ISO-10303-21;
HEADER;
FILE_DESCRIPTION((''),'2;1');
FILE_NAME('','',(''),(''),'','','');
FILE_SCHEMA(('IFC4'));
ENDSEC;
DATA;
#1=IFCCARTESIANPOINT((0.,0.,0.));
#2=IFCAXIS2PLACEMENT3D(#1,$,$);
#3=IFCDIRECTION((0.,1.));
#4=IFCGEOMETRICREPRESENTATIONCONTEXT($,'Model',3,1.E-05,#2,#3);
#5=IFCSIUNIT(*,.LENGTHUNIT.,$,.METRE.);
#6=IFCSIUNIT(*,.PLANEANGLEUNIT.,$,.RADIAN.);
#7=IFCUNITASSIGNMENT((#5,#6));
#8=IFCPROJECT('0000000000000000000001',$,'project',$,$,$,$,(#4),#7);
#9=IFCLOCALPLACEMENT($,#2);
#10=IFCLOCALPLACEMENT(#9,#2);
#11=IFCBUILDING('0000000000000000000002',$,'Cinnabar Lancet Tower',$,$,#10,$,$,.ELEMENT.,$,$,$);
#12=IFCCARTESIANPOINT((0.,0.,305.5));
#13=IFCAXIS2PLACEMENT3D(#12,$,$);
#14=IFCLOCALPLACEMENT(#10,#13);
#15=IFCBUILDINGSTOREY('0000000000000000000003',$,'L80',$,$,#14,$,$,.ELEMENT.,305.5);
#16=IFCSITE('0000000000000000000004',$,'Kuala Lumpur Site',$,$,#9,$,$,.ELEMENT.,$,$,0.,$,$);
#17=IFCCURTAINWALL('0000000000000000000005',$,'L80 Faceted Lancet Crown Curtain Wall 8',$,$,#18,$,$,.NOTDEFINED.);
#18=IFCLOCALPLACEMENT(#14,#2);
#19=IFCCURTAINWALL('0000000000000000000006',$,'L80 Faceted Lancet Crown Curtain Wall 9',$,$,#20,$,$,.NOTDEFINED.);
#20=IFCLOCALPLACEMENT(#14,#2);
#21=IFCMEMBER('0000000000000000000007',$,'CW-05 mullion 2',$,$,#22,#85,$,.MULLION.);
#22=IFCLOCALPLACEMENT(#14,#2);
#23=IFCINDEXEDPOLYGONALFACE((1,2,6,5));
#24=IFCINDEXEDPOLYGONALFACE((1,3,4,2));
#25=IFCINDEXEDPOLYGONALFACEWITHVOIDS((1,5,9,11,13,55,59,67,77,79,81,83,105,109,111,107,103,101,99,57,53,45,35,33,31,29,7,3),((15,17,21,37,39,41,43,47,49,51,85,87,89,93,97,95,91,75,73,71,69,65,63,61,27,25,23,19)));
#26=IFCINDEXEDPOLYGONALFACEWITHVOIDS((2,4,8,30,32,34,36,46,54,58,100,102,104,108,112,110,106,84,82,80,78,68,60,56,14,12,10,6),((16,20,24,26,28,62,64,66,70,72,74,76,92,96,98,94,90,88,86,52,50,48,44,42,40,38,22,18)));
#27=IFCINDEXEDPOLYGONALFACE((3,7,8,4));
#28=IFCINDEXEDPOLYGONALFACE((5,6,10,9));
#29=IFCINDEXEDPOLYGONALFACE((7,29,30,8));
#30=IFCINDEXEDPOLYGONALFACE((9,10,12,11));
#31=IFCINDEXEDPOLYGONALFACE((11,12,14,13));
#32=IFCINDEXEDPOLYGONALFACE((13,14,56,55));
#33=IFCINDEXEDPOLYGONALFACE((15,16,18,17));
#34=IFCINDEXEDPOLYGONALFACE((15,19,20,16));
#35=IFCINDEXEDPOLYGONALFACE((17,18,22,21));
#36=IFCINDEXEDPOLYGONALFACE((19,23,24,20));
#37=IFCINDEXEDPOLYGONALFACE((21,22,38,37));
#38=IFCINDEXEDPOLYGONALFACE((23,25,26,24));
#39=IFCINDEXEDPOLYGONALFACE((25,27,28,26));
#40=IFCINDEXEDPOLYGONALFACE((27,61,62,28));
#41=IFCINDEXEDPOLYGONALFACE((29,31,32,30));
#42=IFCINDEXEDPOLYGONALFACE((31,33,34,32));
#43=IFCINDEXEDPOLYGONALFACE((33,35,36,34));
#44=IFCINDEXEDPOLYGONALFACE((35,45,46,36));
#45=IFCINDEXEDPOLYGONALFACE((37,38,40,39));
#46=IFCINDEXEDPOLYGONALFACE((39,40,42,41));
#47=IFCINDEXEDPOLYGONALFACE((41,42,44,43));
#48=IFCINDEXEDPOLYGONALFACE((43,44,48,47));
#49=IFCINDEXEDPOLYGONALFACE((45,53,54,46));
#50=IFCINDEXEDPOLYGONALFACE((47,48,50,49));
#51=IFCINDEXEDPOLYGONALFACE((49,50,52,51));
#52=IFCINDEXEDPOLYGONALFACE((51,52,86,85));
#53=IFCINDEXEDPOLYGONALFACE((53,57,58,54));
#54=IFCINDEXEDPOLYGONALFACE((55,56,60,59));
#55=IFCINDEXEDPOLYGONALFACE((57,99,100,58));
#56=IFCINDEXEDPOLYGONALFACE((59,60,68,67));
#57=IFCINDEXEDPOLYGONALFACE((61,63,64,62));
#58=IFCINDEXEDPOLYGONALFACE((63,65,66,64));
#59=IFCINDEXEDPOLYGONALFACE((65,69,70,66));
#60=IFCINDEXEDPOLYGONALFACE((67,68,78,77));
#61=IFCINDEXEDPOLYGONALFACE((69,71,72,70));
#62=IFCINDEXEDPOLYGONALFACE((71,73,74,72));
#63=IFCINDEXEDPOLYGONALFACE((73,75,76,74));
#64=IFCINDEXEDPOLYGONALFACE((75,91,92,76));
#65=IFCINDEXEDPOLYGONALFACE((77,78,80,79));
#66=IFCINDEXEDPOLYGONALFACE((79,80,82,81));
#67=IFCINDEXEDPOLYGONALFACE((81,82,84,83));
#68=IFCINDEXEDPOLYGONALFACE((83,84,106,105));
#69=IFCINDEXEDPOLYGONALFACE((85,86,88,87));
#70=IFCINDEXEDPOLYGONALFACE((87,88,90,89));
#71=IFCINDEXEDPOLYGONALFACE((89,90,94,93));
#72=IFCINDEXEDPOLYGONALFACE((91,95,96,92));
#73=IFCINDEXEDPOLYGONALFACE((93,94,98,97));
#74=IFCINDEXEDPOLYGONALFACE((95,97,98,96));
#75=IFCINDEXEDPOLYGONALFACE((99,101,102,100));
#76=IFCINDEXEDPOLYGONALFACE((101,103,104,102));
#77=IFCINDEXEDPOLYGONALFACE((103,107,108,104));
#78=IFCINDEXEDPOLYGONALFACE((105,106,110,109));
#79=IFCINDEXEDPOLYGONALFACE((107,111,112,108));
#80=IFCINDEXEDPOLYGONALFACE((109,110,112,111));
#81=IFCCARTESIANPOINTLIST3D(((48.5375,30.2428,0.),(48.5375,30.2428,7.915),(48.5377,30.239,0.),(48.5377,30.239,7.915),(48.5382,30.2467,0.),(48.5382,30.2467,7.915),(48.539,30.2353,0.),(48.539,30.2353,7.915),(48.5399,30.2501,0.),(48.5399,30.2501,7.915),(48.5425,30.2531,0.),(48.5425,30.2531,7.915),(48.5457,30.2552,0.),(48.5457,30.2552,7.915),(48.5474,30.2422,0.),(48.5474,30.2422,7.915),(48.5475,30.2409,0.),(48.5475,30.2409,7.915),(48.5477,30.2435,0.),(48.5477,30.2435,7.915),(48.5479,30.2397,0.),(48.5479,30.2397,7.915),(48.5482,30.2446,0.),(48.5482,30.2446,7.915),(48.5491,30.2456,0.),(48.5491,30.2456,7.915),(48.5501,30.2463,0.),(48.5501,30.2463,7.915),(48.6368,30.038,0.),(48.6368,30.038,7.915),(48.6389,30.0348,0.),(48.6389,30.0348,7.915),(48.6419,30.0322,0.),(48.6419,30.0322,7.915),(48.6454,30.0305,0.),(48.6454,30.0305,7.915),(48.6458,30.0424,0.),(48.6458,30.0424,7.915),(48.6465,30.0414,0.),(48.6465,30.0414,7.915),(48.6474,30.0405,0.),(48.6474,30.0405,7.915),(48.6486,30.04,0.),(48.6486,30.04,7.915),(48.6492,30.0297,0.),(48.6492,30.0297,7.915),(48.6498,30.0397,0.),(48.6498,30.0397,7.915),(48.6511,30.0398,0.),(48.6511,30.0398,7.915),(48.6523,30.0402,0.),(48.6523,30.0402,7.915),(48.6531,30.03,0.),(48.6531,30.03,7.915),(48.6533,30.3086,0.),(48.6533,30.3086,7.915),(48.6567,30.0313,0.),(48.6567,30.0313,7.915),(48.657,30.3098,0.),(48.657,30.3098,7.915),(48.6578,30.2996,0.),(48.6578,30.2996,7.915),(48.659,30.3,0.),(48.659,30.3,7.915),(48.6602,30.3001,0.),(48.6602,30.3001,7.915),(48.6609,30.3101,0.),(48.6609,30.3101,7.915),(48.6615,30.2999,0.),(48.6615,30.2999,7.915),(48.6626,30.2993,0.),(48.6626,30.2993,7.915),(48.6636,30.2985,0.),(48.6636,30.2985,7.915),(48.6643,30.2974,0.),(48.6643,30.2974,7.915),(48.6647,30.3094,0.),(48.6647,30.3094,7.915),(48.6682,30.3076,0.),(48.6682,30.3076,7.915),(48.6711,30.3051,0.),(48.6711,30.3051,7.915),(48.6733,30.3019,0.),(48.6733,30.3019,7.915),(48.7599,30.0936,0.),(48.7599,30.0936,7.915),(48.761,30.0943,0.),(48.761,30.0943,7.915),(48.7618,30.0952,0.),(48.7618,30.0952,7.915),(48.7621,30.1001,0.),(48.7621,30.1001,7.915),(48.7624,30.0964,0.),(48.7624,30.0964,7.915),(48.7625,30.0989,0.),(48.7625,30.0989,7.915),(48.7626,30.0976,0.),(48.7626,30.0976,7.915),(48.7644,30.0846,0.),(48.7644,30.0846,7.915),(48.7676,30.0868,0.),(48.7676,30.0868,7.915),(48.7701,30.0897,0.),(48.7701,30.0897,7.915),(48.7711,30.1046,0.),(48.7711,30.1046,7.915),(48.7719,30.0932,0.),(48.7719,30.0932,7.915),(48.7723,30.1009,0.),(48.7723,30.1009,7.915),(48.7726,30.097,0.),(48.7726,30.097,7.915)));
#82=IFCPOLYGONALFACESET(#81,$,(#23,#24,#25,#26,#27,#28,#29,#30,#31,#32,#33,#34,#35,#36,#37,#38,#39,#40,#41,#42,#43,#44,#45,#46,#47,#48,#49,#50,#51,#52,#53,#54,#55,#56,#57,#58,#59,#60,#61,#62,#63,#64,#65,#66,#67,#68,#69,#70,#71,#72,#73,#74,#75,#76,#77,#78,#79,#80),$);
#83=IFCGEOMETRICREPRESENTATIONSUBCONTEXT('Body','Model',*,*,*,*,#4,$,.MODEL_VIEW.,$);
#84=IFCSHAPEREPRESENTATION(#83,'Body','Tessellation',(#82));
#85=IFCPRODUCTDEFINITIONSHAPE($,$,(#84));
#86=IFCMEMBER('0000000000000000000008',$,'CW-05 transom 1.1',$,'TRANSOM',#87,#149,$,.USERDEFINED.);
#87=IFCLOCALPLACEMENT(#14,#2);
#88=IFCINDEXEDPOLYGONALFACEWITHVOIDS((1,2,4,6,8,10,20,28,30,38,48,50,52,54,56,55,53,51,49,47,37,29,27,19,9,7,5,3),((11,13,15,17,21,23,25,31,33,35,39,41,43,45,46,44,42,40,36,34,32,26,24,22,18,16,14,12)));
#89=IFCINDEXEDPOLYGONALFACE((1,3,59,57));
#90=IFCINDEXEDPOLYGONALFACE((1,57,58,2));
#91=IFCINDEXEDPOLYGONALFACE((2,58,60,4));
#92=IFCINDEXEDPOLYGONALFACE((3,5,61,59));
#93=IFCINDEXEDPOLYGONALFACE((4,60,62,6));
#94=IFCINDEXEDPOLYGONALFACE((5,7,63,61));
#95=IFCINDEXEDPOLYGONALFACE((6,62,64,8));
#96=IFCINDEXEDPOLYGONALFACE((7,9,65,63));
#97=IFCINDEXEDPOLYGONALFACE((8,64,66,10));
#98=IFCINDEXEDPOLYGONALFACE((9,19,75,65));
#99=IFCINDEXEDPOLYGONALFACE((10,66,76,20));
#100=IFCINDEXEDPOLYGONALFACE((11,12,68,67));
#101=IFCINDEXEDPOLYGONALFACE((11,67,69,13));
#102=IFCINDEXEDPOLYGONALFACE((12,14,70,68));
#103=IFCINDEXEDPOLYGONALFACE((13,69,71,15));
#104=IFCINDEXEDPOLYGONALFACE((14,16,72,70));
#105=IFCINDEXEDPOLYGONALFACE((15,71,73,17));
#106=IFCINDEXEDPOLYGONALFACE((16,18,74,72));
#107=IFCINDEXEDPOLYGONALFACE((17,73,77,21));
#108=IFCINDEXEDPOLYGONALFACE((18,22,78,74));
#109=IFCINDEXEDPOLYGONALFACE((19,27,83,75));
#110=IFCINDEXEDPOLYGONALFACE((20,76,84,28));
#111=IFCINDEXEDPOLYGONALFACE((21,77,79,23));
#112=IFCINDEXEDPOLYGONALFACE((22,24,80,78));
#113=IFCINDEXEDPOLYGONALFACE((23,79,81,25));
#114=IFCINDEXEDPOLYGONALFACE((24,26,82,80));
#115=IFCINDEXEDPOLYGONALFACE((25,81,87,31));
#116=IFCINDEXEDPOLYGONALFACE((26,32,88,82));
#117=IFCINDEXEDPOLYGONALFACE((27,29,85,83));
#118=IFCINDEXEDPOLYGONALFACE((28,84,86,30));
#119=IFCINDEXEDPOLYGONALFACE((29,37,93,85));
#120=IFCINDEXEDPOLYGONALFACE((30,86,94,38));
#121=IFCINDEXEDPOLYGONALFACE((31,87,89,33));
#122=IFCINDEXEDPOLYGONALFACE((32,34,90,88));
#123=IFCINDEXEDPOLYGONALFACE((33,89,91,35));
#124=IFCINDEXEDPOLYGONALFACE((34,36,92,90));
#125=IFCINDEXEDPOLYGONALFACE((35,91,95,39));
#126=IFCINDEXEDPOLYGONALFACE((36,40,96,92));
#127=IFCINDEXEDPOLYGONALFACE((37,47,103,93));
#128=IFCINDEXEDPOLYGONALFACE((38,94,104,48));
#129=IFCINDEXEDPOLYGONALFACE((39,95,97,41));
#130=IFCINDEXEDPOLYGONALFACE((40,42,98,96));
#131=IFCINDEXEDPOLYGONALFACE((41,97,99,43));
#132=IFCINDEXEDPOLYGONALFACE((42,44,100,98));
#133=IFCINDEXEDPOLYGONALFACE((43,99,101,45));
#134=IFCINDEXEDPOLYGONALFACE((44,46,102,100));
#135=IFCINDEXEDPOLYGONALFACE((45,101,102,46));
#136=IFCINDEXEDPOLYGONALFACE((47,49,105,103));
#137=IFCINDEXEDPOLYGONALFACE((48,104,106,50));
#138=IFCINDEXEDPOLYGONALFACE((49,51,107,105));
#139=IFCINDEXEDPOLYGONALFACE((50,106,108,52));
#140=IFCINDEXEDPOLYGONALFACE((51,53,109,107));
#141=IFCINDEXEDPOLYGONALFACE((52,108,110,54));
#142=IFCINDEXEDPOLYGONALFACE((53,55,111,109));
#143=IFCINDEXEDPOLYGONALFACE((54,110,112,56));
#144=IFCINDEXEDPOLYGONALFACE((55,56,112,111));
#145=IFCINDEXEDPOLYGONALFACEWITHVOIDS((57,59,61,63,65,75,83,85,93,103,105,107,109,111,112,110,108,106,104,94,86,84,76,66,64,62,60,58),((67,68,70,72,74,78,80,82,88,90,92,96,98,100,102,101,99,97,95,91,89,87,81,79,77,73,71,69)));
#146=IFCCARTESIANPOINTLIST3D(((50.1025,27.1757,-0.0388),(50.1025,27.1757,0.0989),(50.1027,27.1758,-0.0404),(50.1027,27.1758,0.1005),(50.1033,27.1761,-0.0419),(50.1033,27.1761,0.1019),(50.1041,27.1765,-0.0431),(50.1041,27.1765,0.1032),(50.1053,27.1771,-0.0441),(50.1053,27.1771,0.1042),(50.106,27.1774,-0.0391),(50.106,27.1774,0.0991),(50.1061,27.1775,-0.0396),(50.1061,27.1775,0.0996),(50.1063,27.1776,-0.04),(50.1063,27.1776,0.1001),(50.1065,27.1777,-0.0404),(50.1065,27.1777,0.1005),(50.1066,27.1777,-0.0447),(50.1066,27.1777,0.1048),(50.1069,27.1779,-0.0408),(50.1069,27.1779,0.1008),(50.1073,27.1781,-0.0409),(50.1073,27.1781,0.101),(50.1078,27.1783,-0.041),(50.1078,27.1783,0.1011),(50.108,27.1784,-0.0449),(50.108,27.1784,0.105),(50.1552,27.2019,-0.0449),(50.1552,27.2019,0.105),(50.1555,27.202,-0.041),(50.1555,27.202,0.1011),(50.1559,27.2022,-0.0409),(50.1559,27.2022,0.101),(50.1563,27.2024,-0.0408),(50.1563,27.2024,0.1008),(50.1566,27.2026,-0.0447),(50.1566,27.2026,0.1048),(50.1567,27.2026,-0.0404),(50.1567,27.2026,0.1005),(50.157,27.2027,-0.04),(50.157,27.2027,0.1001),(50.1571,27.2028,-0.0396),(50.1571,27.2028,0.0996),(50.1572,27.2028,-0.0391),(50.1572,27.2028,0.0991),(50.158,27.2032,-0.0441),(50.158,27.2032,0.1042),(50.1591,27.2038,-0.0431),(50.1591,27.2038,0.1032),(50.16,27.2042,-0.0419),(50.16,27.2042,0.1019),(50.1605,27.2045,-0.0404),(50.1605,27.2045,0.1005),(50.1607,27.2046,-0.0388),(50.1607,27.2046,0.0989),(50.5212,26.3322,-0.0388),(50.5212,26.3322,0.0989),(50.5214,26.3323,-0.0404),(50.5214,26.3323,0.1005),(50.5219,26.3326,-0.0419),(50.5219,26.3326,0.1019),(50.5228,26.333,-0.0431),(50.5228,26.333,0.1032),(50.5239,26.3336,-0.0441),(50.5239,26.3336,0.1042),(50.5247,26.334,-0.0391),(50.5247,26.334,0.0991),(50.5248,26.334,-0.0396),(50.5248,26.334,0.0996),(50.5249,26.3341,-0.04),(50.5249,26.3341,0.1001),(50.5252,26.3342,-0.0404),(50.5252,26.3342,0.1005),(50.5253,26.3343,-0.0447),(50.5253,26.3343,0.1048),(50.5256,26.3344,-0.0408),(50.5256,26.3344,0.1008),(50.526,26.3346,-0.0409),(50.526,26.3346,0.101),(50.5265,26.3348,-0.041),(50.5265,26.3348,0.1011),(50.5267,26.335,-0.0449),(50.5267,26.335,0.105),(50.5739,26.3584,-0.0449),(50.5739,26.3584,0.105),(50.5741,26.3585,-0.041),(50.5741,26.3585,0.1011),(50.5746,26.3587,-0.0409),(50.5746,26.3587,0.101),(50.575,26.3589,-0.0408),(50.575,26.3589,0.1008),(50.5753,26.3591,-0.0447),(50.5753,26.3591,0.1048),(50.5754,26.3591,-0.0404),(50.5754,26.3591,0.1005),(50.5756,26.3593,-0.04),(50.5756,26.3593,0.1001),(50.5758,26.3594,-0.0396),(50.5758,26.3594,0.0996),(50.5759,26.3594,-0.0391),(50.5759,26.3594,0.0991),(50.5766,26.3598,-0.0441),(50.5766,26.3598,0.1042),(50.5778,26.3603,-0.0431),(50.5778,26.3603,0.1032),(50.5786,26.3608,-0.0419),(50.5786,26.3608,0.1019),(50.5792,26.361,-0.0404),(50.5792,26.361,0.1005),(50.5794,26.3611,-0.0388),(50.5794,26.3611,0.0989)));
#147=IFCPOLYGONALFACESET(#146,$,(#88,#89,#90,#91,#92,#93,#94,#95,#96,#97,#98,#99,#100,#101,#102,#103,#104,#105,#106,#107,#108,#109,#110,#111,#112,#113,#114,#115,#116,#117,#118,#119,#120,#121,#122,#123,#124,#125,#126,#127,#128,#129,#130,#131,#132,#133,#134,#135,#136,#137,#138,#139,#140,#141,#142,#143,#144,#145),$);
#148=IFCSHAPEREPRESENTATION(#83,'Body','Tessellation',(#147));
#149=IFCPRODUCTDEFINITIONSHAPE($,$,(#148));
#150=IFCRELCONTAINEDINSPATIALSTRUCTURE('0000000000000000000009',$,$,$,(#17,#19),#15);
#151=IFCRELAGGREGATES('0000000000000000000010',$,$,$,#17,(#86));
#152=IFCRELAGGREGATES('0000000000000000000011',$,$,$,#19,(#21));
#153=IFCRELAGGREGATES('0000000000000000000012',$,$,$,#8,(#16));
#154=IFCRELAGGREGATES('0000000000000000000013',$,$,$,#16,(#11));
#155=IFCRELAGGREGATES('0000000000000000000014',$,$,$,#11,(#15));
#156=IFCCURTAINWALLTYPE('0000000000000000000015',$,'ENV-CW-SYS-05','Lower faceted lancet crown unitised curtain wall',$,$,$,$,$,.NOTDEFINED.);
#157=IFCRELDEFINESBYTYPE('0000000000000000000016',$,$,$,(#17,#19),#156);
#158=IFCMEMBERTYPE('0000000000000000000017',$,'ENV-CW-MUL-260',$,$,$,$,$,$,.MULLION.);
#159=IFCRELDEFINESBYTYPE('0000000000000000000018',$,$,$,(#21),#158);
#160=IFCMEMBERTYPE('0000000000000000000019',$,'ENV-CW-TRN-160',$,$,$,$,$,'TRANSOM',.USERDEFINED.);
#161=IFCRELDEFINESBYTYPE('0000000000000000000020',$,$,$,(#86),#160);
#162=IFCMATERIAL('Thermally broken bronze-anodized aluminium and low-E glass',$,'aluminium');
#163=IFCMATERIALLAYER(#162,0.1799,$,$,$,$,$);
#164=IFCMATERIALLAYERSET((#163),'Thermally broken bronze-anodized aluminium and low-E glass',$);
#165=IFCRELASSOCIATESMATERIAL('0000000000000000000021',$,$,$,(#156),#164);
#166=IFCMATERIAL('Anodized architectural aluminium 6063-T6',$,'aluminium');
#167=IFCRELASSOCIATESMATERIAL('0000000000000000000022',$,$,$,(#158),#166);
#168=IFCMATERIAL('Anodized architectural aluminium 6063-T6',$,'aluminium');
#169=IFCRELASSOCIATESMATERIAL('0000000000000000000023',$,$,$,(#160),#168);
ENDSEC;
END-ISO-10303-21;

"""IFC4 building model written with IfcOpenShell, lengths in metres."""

from ifc_helpers import new_model, si_unit, direction, frame, origin, origin_2d, place, context, subcontext, project, spatial, hollow_rectangle, extrude, material, layer, layer_set, material_profile, profile_set, type_object, element, aggregate, save


model = new_model("IFC4")

# Units and contexts
model_context = context("Model", 3, precision=1e-05, world=origin(), true_north=direction((0.0, 1.0)))
body_context = subcontext(model_context, "Body", "Model", "MODEL_VIEW")
ifc_project = project(units=[si_unit("LENGTHUNIT", "METRE"), si_unit("PLANEANGLEUNIT", "RADIAN")], contexts=[model_context])

# Site, building, storey
site_placement = place(None, origin())
site = spatial("IfcSite", under=ifc_project, at=site_placement, Name="Kuala Lumpur Site", CompositionType="ELEMENT", RefElevation=0.0)
building_placement = place(site_placement, origin())
building = spatial("IfcBuilding", under=site, at=building_placement, Name="Cinnabar Lancet Tower", CompositionType="ELEMENT")
storey_placement = place(building_placement, frame((0.0, 0.0, 305.5)))
storey = spatial("IfcBuildingStorey", under=building, at=storey_placement, Name="L80", CompositionType="ELEMENT", Elevation=305.5)

# Shared definitions
ifc_material_1 = material(Name="Thermally broken bronze-anodized aluminium and low-E glass", Category="aluminium")
ifc_layer_1 = layer(ifc_material_1, 0.1799)
ifc_layer_set_1 = layer_set([ifc_layer_1], Name="Thermally broken bronze-anodized aluminium and low-E glass")
curtain_wall_type = type_object("IfcCurtainWallType", Name="ENV-CW-SYS-05", Description="Lower faceted lancet crown unitised curtain wall", PredefinedType="NOTDEFINED", material=ifc_layer_set_1)
ifc_material_2 = material(Name="Anodized architectural aluminium 6063-T6", Category="aluminium")
ifc_material_profile_1 = material_profile(ifc_material_2, hollow_rectangle(XDim=0.1499, YDim=0.25, WallThickness=0.01, InnerFilletRadius=0.0049, OuterFilletRadius=0.0149, at=origin_2d()), Name="RHS 250x150x10")
ifc_profile_set_1 = profile_set([ifc_material_profile_1], Name="Anodized architectural aluminium 6063-T6")
member_type_1 = type_object("IfcMemberType", Name="ENV-CW-MUL-260", PredefinedType="MULLION", material=ifc_profile_set_1)

# Curtain walls, member
curtain_wall_1_placement = place(storey_placement, origin())
curtain_wall_1 = element("IfcCurtainWall", 1, at=curtain_wall_1_placement, inside=storey, type_object=curtain_wall_type, Name="L80 Faceted Lancet Crown Curtain Wall 8", PredefinedType="NOTDEFINED")
curtain_wall_2_placement = place(storey_placement, origin())
curtain_wall_2 = element("IfcCurtainWall", 2, at=curtain_wall_2_placement, inside=storey, type_object=curtain_wall_type, Name="L80 Faceted Lancet Crown Curtain Wall 9", PredefinedType="NOTDEFINED")
member_1_placement = place(storey_placement, frame((48.655, 30.1699, 0.0), z_axis=(0.0, 0.0, 1.0), x_axis=(-0.895948, -0.444159, 0.0)))
member_1 = element("IfcMember", 3, at=member_1_placement, type_object=member_type_1, Name="CW-05 mullion 2", PredefinedType="MULLION", context=body_context, shape_type="SweptSolid", body=[
    extrude(hollow_rectangle(XDim=0.1499, YDim=0.25, WallThickness=0.01, InnerFilletRadius=0.0049, OuterFilletRadius=0.0149, at=origin_2d()), origin(), (0.0, 0.0, 1.0), 7.915),
])

# Member
ifc_material_3 = material(Name="Anodized architectural aluminium 6063-T6", Category="aluminium")
ifc_material_profile_2 = material_profile(ifc_material_3, hollow_rectangle(XDim=0.0649, YDim=0.1499, WallThickness=0.0039, InnerFilletRadius=0.002, OuterFilletRadius=0.0061, at=origin_2d()), Name="CW-TRN 150x65x4")
ifc_profile_set_2 = profile_set([ifc_material_profile_2], Name="Anodized architectural aluminium 6063-T6")
member_type_2 = type_object("IfcMemberType", Name="ENV-CW-TRN-160", ElementType="TRANSOM", PredefinedType="USERDEFINED", material=ifc_profile_set_2)
member_2_placement = place(storey_placement, frame((50.5503, 26.3467, 0.03), z_axis=(-0.444619, 0.89572, 0.0), x_axis=(-0.89572, -0.444619, 0.0)))
member_2 = element("IfcMember", 4, at=member_2_placement, type_object=member_type_2, Name="CW-05 transom 1.1", ObjectType="TRANSOM", PredefinedType="USERDEFINED", context=body_context, shape_type="SweptSolid", body=[
    extrude(hollow_rectangle(XDim=0.0649, YDim=0.1499, WallThickness=0.0039, InnerFilletRadius=0.002, OuterFilletRadius=0.0061, at=origin_2d()), origin(), (0.0, 0.0, 1.0), 0.9417),
])

aggregate(curtain_wall_1, [member_2])
aggregate(curtain_wall_2, [member_1])

save(model, "model.ifc")
